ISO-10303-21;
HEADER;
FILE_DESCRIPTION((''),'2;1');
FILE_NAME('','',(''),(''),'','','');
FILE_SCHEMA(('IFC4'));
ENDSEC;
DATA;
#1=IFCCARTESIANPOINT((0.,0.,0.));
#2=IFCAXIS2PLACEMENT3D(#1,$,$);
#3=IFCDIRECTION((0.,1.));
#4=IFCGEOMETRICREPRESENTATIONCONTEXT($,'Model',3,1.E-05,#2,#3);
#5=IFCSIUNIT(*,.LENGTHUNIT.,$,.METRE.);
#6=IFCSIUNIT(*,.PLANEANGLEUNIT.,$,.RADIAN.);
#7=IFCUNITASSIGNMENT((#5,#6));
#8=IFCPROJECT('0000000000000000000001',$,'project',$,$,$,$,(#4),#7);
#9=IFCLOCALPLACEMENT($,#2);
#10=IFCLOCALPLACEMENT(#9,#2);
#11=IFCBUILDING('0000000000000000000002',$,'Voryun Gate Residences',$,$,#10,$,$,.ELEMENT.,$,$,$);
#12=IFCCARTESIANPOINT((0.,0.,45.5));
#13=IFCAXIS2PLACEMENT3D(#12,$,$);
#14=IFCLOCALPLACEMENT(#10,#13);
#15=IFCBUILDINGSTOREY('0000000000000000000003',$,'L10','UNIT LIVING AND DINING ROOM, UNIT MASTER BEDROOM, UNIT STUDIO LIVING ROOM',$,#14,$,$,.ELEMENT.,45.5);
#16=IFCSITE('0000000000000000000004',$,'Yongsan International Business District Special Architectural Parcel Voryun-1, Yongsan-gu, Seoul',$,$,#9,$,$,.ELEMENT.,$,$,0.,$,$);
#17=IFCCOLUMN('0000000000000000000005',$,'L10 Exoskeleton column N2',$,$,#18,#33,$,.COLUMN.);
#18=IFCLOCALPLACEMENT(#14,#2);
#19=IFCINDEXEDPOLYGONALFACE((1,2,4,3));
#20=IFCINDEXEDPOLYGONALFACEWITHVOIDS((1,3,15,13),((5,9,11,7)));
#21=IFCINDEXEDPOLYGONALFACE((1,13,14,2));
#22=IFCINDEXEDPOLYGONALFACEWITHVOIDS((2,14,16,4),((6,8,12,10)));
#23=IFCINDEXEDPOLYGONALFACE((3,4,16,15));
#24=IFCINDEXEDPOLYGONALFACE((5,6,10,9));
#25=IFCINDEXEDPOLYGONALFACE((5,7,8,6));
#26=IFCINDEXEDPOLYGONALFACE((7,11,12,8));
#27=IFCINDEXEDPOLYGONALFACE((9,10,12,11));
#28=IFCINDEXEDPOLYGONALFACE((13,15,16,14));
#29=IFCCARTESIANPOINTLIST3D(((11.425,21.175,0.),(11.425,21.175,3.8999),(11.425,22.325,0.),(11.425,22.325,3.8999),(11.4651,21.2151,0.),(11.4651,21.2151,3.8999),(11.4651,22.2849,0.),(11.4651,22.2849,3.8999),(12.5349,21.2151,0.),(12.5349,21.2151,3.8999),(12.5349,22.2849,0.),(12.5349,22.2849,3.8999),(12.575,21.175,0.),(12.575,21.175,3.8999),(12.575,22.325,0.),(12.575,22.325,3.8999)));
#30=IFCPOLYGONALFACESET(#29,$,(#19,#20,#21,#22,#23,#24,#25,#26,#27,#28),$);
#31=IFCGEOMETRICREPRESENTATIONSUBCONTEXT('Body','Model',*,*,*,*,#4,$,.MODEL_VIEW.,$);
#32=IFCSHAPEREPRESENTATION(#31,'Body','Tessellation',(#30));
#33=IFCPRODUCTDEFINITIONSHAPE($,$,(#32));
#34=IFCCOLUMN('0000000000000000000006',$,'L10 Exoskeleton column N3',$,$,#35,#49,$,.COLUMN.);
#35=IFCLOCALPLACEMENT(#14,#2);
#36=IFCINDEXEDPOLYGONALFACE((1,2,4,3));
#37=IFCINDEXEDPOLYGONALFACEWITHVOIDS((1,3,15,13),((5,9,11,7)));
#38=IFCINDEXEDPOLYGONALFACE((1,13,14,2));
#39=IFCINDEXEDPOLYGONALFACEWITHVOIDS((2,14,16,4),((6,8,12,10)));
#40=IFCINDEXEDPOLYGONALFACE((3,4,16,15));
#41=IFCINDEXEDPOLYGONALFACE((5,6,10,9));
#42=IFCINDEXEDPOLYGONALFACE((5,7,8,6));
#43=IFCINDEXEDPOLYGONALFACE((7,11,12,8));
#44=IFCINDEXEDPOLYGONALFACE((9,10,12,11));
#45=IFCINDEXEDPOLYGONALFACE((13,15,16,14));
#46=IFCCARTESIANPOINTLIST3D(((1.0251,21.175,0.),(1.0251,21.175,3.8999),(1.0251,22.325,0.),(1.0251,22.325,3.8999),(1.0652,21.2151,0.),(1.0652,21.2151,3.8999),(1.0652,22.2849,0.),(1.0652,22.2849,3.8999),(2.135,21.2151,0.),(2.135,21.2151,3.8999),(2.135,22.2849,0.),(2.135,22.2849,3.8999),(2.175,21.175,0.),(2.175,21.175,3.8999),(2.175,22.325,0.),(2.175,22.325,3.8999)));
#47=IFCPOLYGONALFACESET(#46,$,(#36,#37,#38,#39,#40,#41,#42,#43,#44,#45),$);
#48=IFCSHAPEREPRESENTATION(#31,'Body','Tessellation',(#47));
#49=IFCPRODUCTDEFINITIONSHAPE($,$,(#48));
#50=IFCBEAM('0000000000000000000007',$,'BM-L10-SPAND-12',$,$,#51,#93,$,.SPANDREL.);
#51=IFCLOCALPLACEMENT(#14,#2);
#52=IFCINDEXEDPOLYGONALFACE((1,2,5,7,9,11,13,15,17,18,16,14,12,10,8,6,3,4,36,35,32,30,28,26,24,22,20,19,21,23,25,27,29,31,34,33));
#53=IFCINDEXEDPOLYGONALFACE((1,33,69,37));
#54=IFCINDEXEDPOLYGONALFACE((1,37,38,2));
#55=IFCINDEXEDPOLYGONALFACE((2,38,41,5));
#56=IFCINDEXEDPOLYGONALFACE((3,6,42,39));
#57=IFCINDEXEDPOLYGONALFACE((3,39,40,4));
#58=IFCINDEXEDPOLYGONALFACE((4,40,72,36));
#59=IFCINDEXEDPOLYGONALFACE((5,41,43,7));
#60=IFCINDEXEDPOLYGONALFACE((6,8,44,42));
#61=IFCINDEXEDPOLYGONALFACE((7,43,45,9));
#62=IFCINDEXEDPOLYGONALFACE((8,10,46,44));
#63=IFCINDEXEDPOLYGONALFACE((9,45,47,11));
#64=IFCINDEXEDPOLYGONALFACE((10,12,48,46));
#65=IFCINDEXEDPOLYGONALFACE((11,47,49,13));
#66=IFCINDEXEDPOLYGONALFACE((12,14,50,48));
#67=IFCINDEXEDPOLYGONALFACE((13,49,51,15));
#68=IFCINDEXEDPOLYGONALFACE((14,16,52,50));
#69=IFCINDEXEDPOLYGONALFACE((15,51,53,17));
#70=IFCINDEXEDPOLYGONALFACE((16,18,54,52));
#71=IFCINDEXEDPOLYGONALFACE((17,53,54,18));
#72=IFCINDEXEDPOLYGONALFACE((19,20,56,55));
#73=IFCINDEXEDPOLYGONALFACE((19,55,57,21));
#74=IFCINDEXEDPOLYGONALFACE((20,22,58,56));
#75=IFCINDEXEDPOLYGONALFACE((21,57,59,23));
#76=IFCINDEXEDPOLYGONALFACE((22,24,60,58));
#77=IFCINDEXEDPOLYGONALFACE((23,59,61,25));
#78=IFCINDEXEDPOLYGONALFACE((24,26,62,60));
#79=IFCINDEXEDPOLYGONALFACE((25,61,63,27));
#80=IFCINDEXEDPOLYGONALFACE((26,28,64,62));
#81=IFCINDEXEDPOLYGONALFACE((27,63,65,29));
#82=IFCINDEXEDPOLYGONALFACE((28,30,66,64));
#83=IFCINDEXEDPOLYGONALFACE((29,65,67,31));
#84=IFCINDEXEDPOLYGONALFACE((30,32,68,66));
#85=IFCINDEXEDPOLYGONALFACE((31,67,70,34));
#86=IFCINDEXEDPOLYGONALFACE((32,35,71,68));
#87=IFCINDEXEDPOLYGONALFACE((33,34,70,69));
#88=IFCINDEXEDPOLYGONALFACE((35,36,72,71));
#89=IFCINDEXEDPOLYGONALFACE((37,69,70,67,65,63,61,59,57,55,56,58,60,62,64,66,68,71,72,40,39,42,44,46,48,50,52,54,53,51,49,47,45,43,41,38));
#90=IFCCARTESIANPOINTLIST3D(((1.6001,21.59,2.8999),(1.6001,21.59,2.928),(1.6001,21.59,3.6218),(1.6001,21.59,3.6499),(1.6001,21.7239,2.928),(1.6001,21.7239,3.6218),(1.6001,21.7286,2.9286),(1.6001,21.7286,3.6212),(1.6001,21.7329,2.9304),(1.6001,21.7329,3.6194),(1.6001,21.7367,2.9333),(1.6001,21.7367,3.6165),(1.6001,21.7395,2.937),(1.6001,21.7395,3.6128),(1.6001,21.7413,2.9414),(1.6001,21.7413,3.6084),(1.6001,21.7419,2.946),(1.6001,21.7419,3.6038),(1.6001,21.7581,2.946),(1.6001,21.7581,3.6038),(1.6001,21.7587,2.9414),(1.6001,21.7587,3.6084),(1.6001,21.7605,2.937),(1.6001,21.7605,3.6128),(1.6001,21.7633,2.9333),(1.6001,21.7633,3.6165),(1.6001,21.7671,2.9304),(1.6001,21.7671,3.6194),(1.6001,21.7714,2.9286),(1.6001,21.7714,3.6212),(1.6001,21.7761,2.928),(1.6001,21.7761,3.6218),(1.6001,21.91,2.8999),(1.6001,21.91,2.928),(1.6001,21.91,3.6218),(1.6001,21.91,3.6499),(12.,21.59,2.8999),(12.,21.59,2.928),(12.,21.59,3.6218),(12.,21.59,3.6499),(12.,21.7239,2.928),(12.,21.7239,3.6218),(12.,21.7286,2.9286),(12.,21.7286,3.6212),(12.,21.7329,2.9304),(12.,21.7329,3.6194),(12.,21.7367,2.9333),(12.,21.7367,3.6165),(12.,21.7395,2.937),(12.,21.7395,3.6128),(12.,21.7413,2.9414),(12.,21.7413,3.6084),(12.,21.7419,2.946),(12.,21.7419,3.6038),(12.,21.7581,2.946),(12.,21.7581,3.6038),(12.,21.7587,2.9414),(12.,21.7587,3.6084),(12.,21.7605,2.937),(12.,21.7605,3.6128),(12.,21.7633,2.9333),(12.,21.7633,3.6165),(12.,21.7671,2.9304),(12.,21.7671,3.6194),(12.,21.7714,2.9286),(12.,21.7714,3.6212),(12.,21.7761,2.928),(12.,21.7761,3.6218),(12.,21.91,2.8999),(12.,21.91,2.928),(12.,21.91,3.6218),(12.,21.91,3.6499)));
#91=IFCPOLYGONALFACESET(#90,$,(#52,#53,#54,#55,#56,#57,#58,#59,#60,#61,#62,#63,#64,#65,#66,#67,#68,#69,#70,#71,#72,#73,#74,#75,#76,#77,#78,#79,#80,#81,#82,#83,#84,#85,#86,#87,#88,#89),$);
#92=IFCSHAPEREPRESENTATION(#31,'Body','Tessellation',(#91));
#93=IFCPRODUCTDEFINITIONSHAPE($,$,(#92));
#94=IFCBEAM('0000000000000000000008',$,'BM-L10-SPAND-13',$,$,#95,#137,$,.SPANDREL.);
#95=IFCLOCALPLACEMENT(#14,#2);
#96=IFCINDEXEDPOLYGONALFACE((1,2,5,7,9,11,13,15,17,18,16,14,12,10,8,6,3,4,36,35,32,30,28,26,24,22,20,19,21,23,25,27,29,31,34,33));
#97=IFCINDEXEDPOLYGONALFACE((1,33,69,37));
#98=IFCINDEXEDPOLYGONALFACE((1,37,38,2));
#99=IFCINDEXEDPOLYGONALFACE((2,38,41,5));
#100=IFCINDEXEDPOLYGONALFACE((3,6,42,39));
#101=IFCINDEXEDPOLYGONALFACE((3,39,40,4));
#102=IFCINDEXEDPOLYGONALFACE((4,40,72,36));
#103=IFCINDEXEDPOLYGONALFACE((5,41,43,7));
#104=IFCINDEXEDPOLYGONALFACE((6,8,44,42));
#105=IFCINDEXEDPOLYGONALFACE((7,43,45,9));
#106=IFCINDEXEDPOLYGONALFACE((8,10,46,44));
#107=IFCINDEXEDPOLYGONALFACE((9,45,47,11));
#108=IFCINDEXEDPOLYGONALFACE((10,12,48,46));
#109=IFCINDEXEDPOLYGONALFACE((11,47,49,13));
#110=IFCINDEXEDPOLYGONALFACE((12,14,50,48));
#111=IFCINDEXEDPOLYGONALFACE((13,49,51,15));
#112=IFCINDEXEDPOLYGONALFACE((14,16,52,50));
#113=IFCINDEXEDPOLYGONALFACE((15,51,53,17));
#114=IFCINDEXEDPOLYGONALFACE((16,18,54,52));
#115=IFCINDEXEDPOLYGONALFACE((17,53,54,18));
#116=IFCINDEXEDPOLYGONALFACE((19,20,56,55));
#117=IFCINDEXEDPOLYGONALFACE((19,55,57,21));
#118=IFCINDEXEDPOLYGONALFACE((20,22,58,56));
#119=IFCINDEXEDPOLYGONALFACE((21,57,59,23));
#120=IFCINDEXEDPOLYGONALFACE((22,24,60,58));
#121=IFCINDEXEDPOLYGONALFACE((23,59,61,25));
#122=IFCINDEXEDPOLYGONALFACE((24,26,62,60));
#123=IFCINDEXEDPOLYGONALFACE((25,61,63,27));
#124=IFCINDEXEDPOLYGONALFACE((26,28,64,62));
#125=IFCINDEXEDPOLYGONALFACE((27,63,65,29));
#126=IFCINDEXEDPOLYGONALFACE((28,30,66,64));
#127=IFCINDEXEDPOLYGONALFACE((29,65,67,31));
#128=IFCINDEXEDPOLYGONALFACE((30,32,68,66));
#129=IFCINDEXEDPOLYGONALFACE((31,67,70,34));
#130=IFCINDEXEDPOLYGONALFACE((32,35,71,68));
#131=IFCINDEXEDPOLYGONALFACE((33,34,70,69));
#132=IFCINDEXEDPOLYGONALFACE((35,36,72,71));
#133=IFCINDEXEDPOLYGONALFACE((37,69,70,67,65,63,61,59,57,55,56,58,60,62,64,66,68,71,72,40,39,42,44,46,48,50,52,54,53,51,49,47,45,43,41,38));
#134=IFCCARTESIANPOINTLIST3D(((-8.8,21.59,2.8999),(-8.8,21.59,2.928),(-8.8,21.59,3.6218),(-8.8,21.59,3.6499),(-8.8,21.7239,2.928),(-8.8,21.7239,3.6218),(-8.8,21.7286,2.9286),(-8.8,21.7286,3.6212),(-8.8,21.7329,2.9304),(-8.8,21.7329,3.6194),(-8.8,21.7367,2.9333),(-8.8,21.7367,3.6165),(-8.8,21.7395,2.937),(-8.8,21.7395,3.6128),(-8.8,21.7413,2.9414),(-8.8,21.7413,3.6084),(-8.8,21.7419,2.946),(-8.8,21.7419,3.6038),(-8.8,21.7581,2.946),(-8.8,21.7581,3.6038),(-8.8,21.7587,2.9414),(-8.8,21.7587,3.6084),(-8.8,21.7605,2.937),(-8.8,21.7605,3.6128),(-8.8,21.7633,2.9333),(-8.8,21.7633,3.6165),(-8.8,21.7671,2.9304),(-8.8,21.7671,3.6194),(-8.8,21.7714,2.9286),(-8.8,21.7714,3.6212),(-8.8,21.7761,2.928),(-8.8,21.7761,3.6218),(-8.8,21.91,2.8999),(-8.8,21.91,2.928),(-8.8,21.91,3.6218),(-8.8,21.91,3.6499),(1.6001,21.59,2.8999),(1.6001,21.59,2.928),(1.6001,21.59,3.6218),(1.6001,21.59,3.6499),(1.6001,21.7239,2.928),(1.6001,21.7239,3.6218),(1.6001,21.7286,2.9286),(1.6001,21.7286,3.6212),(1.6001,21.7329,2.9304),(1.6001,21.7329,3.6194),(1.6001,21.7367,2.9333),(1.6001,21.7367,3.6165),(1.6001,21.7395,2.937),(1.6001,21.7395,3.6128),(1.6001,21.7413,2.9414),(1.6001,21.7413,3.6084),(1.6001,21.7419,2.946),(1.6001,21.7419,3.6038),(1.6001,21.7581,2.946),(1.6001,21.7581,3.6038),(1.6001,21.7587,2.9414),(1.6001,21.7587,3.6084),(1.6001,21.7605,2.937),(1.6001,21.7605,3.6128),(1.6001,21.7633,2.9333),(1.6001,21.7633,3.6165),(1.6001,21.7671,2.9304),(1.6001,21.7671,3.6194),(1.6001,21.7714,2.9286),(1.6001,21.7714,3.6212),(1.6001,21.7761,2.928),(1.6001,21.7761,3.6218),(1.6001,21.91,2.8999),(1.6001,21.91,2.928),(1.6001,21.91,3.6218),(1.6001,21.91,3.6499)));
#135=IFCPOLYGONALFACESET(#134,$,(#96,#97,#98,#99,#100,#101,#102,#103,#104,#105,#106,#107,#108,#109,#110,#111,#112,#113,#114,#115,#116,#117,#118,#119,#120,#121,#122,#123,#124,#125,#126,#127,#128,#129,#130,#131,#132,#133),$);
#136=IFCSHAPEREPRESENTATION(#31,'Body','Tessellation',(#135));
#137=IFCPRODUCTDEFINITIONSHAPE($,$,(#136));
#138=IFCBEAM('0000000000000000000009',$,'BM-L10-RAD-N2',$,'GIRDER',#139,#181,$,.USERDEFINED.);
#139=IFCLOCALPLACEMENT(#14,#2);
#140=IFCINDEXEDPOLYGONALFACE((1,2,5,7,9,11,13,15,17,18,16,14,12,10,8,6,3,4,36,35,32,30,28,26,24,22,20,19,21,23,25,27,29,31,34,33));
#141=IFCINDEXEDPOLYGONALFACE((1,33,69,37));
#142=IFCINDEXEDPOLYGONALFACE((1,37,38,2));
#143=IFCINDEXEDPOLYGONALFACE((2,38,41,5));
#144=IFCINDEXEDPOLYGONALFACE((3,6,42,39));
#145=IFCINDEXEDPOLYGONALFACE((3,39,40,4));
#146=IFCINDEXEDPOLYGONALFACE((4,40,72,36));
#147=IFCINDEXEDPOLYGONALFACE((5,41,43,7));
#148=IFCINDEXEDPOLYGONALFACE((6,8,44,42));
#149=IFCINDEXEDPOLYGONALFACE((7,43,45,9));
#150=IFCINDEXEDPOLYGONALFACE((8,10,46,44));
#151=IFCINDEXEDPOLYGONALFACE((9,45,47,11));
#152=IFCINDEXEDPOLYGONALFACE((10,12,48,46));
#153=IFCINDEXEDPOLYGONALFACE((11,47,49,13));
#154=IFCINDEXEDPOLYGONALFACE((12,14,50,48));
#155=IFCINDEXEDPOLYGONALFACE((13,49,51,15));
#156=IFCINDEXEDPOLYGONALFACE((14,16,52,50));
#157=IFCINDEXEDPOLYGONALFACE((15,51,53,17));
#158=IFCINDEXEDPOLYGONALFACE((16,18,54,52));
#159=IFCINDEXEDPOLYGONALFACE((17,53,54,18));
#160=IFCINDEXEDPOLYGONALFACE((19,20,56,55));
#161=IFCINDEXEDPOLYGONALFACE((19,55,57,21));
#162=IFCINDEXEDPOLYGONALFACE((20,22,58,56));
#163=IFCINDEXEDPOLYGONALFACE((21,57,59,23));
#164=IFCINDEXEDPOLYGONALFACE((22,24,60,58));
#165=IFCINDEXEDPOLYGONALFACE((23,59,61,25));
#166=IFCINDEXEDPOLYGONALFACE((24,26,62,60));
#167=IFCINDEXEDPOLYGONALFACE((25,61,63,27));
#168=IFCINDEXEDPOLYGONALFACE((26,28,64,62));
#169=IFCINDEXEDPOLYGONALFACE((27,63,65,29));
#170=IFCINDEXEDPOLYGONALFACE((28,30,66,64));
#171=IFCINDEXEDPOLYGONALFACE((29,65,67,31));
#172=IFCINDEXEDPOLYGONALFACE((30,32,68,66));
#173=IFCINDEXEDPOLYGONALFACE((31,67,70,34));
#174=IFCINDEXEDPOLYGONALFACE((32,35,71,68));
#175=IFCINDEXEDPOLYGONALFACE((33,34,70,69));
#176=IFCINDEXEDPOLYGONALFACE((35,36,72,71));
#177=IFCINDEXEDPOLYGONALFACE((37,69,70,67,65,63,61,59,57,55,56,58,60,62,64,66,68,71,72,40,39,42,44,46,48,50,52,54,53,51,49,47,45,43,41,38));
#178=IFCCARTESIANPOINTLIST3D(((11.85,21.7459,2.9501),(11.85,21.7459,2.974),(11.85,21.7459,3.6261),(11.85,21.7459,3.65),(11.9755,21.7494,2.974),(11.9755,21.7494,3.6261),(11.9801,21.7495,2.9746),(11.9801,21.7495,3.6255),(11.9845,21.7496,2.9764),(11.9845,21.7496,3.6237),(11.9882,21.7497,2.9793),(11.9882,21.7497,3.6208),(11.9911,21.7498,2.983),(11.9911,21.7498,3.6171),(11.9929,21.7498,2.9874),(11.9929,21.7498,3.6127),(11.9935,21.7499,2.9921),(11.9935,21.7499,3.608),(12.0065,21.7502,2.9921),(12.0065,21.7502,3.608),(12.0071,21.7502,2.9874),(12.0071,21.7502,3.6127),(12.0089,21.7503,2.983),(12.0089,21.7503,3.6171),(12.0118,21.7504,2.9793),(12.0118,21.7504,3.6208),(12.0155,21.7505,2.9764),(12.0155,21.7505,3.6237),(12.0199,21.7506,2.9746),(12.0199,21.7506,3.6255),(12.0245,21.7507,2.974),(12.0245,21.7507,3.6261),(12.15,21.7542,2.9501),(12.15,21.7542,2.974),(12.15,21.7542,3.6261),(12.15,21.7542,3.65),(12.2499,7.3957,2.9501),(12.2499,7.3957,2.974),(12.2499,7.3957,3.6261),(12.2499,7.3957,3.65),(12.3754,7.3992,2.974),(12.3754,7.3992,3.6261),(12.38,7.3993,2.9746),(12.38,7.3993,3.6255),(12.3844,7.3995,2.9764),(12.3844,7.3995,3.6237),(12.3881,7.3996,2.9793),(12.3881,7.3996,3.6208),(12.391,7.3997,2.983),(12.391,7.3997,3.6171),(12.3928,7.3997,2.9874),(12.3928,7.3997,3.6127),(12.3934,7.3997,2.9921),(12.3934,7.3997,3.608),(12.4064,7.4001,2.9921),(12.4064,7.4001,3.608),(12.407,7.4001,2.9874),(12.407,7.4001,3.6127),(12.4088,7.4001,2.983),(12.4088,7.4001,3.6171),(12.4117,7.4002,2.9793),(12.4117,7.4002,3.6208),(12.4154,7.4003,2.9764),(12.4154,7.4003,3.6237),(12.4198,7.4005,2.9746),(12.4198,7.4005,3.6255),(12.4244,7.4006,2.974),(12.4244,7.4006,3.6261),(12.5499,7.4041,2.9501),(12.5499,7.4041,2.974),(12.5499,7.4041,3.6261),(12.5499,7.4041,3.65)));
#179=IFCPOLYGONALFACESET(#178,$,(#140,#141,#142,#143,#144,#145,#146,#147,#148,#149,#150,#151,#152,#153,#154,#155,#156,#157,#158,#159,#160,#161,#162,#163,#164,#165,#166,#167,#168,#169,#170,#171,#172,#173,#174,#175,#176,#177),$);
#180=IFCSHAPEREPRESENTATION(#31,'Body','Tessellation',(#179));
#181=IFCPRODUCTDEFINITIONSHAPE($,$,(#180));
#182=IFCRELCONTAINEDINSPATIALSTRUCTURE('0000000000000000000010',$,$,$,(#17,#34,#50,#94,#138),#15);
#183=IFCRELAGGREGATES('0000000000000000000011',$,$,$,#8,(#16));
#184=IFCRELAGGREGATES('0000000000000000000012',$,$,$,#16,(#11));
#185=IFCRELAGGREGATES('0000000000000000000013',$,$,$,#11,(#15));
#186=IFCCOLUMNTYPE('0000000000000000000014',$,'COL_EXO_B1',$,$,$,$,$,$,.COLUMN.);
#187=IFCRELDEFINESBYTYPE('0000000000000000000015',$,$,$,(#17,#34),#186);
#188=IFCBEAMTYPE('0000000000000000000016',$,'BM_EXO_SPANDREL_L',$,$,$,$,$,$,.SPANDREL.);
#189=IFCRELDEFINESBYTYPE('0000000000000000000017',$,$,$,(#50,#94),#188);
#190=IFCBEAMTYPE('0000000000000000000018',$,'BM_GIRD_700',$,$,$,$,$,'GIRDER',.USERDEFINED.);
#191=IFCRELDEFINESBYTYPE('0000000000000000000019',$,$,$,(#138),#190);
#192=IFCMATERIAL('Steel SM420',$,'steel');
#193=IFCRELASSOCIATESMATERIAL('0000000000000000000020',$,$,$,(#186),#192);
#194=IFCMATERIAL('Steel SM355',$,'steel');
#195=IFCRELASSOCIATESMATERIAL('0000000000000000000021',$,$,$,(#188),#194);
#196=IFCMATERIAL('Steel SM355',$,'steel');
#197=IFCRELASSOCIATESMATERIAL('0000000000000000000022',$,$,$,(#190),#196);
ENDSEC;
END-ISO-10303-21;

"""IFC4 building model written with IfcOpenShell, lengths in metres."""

from ifc_helpers import new_model, si_unit, direction, frame, origin, origin_2d, place, context, subcontext, project, spatial, hollow_rectangle, i_section, extrude, material, material_profile, profile_set, type_object, element, save


model = new_model("IFC4")

# Units and contexts
model_context = context("Model", 3, precision=1e-05, world=origin(), true_north=direction((0.0, 1.0)))
body_context = subcontext(model_context, "Body", "Model", "MODEL_VIEW")
ifc_project = project(units=[si_unit("LENGTHUNIT", "METRE"), si_unit("PLANEANGLEUNIT", "RADIAN")], contexts=[model_context])

# Site, building, storey
site_placement = place(None, origin())
site = spatial("IfcSite", under=ifc_project, at=site_placement, Name="Yongsan International Business District Special Architectural Parcel Voryun-1, Yongsan-gu, Seoul", CompositionType="ELEMENT", RefElevation=0.0)
building_placement = place(site_placement, origin())
building = spatial("IfcBuilding", under=site, at=building_placement, Name="Voryun Gate Residences", CompositionType="ELEMENT")
storey_placement = place(building_placement, frame((0.0, 0.0, 45.5)))
storey = spatial("IfcBuildingStorey", under=building, at=storey_placement, Name="L10", Description="UNIT LIVING AND DINING ROOM, UNIT MASTER BEDROOM, UNIT STUDIO LIVING ROOM", CompositionType="ELEMENT", Elevation=45.5)

# Columns
ifc_material_1 = material(Name="Steel SM420", Category="steel")
ifc_material_profile_1 = material_profile(ifc_material_1, hollow_rectangle(XDim=1.1499, YDim=1.1499, WallThickness=0.04, at=origin_2d()), Name="BOX-1150x1150x40")
ifc_profile_set_1 = profile_set([ifc_material_profile_1], Name="Steel SM420")
column_type = type_object("IfcColumnType", Name="COL_EXO_B1", PredefinedType="COLUMN", material=ifc_profile_set_1)
for number, where, z_axis, x_axis, name in (
    (1, (12.0, 21.75, 0.0), (0.0, 0.0, 1.0), (1.0, 0.0, 0.0), "L10 Exoskeleton column N2"),
    (2, (1.6001, 21.75, 0.0), (0.0, 0.0, 1.0), (1.0, 0.0, 0.0), "L10 Exoskeleton column N3"),
):
    element("IfcColumn", number, at=place(storey_placement, frame(where, z_axis=z_axis, x_axis=x_axis)), inside=storey, type_object=column_type, Name=name, PredefinedType="COLUMN", context=body_context, shape_type="SweptSolid", body=[
        extrude(hollow_rectangle(XDim=1.1499, YDim=1.1499, WallThickness=0.04, at=origin_2d()), origin(), (0.0, 0.0, 1.0), 3.8999),
    ])

# Beams
ifc_material_2 = material(Name="Steel SM355", Category="steel")
ifc_material_profile_2 = material_profile(ifc_material_2, i_section(OverallWidth=0.3201, OverallDepth=0.75, WebThickness=0.0161, FlangeThickness=0.0281, FilletRadius=0.0181, at=origin_2d()), Name="H-750x320x16x28")
ifc_profile_set_2 = profile_set([ifc_material_profile_2], Name="Steel SM355")
beam_type_1 = type_object("IfcBeamType", Name="BM_EXO_SPANDREL_L", PredefinedType="SPANDREL", material=ifc_profile_set_2)
beam_1_placement = place(storey_placement, frame((12.0, 21.75, 3.2749), z_axis=(-1.0, 0.0, 0.0), x_axis=(0.0, -1.0, 0.0)))
element("IfcBeam", 3, at=beam_1_placement, inside=storey, type_object=beam_type_1, Name="BM-L10-SPAND-12", PredefinedType="SPANDREL", context=body_context, shape_type="SweptSolid", body=[
    extrude(i_section(OverallWidth=0.3201, OverallDepth=0.75, WebThickness=0.0161, FlangeThickness=0.0281, FilletRadius=0.0181, at=origin_2d()), origin(), (0.0, 0.0, 1.0), 10.3999),
])
beam_2_placement = place(storey_placement, frame((1.6001, 21.75, 3.2749), z_axis=(-1.0, 0.0, 0.0), x_axis=(0.0, -1.0, 0.0)))
element("IfcBeam", 4, at=beam_2_placement, inside=storey, type_object=beam_type_1, Name="BM-L10-SPAND-13", PredefinedType="SPANDREL", context=body_context, shape_type="SweptSolid", body=[
    extrude(i_section(OverallWidth=0.3201, OverallDepth=0.75, WebThickness=0.0161, FlangeThickness=0.0281, FilletRadius=0.0181, at=origin_2d()), origin(), (0.0, 0.0, 1.0), 10.4001),
])
ifc_material_3 = material(Name="Steel SM355", Category="steel")
ifc_material_profile_3 = material_profile(ifc_material_3, i_section(OverallWidth=0.3, OverallDepth=0.7, WebThickness=0.0129, FlangeThickness=0.0239, FilletRadius=0.0181, at=origin_2d()), Name="H-700x300x13x24")
ifc_profile_set_3 = profile_set([ifc_material_profile_3], Name="Steel SM355")
beam_type_2 = type_object("IfcBeamType", Name="BM_GIRD_700", ElementType="GIRDER", PredefinedType="USERDEFINED", material=ifc_profile_set_3)
beam_3_placement = place(storey_placement, frame((12.3999, 7.3999, 3.3), z_axis=(-0.027857, 0.999612, 0.0), x_axis=(-0.999612, -0.027857, 0.0)))
element("IfcBeam", 5, at=beam_3_placement, inside=storey, type_object=beam_type_2, Name="BM-L10-RAD-N2", ObjectType="GIRDER", PredefinedType="USERDEFINED", context=body_context, shape_type="SweptSolid", body=[
    extrude(i_section(OverallWidth=0.3, OverallDepth=0.7, WebThickness=0.0129, FlangeThickness=0.0239, FilletRadius=0.0181, at=origin_2d()), origin(), (0.0, 0.0, 1.0), 14.3557),
])

save(model, "model.ifc")
